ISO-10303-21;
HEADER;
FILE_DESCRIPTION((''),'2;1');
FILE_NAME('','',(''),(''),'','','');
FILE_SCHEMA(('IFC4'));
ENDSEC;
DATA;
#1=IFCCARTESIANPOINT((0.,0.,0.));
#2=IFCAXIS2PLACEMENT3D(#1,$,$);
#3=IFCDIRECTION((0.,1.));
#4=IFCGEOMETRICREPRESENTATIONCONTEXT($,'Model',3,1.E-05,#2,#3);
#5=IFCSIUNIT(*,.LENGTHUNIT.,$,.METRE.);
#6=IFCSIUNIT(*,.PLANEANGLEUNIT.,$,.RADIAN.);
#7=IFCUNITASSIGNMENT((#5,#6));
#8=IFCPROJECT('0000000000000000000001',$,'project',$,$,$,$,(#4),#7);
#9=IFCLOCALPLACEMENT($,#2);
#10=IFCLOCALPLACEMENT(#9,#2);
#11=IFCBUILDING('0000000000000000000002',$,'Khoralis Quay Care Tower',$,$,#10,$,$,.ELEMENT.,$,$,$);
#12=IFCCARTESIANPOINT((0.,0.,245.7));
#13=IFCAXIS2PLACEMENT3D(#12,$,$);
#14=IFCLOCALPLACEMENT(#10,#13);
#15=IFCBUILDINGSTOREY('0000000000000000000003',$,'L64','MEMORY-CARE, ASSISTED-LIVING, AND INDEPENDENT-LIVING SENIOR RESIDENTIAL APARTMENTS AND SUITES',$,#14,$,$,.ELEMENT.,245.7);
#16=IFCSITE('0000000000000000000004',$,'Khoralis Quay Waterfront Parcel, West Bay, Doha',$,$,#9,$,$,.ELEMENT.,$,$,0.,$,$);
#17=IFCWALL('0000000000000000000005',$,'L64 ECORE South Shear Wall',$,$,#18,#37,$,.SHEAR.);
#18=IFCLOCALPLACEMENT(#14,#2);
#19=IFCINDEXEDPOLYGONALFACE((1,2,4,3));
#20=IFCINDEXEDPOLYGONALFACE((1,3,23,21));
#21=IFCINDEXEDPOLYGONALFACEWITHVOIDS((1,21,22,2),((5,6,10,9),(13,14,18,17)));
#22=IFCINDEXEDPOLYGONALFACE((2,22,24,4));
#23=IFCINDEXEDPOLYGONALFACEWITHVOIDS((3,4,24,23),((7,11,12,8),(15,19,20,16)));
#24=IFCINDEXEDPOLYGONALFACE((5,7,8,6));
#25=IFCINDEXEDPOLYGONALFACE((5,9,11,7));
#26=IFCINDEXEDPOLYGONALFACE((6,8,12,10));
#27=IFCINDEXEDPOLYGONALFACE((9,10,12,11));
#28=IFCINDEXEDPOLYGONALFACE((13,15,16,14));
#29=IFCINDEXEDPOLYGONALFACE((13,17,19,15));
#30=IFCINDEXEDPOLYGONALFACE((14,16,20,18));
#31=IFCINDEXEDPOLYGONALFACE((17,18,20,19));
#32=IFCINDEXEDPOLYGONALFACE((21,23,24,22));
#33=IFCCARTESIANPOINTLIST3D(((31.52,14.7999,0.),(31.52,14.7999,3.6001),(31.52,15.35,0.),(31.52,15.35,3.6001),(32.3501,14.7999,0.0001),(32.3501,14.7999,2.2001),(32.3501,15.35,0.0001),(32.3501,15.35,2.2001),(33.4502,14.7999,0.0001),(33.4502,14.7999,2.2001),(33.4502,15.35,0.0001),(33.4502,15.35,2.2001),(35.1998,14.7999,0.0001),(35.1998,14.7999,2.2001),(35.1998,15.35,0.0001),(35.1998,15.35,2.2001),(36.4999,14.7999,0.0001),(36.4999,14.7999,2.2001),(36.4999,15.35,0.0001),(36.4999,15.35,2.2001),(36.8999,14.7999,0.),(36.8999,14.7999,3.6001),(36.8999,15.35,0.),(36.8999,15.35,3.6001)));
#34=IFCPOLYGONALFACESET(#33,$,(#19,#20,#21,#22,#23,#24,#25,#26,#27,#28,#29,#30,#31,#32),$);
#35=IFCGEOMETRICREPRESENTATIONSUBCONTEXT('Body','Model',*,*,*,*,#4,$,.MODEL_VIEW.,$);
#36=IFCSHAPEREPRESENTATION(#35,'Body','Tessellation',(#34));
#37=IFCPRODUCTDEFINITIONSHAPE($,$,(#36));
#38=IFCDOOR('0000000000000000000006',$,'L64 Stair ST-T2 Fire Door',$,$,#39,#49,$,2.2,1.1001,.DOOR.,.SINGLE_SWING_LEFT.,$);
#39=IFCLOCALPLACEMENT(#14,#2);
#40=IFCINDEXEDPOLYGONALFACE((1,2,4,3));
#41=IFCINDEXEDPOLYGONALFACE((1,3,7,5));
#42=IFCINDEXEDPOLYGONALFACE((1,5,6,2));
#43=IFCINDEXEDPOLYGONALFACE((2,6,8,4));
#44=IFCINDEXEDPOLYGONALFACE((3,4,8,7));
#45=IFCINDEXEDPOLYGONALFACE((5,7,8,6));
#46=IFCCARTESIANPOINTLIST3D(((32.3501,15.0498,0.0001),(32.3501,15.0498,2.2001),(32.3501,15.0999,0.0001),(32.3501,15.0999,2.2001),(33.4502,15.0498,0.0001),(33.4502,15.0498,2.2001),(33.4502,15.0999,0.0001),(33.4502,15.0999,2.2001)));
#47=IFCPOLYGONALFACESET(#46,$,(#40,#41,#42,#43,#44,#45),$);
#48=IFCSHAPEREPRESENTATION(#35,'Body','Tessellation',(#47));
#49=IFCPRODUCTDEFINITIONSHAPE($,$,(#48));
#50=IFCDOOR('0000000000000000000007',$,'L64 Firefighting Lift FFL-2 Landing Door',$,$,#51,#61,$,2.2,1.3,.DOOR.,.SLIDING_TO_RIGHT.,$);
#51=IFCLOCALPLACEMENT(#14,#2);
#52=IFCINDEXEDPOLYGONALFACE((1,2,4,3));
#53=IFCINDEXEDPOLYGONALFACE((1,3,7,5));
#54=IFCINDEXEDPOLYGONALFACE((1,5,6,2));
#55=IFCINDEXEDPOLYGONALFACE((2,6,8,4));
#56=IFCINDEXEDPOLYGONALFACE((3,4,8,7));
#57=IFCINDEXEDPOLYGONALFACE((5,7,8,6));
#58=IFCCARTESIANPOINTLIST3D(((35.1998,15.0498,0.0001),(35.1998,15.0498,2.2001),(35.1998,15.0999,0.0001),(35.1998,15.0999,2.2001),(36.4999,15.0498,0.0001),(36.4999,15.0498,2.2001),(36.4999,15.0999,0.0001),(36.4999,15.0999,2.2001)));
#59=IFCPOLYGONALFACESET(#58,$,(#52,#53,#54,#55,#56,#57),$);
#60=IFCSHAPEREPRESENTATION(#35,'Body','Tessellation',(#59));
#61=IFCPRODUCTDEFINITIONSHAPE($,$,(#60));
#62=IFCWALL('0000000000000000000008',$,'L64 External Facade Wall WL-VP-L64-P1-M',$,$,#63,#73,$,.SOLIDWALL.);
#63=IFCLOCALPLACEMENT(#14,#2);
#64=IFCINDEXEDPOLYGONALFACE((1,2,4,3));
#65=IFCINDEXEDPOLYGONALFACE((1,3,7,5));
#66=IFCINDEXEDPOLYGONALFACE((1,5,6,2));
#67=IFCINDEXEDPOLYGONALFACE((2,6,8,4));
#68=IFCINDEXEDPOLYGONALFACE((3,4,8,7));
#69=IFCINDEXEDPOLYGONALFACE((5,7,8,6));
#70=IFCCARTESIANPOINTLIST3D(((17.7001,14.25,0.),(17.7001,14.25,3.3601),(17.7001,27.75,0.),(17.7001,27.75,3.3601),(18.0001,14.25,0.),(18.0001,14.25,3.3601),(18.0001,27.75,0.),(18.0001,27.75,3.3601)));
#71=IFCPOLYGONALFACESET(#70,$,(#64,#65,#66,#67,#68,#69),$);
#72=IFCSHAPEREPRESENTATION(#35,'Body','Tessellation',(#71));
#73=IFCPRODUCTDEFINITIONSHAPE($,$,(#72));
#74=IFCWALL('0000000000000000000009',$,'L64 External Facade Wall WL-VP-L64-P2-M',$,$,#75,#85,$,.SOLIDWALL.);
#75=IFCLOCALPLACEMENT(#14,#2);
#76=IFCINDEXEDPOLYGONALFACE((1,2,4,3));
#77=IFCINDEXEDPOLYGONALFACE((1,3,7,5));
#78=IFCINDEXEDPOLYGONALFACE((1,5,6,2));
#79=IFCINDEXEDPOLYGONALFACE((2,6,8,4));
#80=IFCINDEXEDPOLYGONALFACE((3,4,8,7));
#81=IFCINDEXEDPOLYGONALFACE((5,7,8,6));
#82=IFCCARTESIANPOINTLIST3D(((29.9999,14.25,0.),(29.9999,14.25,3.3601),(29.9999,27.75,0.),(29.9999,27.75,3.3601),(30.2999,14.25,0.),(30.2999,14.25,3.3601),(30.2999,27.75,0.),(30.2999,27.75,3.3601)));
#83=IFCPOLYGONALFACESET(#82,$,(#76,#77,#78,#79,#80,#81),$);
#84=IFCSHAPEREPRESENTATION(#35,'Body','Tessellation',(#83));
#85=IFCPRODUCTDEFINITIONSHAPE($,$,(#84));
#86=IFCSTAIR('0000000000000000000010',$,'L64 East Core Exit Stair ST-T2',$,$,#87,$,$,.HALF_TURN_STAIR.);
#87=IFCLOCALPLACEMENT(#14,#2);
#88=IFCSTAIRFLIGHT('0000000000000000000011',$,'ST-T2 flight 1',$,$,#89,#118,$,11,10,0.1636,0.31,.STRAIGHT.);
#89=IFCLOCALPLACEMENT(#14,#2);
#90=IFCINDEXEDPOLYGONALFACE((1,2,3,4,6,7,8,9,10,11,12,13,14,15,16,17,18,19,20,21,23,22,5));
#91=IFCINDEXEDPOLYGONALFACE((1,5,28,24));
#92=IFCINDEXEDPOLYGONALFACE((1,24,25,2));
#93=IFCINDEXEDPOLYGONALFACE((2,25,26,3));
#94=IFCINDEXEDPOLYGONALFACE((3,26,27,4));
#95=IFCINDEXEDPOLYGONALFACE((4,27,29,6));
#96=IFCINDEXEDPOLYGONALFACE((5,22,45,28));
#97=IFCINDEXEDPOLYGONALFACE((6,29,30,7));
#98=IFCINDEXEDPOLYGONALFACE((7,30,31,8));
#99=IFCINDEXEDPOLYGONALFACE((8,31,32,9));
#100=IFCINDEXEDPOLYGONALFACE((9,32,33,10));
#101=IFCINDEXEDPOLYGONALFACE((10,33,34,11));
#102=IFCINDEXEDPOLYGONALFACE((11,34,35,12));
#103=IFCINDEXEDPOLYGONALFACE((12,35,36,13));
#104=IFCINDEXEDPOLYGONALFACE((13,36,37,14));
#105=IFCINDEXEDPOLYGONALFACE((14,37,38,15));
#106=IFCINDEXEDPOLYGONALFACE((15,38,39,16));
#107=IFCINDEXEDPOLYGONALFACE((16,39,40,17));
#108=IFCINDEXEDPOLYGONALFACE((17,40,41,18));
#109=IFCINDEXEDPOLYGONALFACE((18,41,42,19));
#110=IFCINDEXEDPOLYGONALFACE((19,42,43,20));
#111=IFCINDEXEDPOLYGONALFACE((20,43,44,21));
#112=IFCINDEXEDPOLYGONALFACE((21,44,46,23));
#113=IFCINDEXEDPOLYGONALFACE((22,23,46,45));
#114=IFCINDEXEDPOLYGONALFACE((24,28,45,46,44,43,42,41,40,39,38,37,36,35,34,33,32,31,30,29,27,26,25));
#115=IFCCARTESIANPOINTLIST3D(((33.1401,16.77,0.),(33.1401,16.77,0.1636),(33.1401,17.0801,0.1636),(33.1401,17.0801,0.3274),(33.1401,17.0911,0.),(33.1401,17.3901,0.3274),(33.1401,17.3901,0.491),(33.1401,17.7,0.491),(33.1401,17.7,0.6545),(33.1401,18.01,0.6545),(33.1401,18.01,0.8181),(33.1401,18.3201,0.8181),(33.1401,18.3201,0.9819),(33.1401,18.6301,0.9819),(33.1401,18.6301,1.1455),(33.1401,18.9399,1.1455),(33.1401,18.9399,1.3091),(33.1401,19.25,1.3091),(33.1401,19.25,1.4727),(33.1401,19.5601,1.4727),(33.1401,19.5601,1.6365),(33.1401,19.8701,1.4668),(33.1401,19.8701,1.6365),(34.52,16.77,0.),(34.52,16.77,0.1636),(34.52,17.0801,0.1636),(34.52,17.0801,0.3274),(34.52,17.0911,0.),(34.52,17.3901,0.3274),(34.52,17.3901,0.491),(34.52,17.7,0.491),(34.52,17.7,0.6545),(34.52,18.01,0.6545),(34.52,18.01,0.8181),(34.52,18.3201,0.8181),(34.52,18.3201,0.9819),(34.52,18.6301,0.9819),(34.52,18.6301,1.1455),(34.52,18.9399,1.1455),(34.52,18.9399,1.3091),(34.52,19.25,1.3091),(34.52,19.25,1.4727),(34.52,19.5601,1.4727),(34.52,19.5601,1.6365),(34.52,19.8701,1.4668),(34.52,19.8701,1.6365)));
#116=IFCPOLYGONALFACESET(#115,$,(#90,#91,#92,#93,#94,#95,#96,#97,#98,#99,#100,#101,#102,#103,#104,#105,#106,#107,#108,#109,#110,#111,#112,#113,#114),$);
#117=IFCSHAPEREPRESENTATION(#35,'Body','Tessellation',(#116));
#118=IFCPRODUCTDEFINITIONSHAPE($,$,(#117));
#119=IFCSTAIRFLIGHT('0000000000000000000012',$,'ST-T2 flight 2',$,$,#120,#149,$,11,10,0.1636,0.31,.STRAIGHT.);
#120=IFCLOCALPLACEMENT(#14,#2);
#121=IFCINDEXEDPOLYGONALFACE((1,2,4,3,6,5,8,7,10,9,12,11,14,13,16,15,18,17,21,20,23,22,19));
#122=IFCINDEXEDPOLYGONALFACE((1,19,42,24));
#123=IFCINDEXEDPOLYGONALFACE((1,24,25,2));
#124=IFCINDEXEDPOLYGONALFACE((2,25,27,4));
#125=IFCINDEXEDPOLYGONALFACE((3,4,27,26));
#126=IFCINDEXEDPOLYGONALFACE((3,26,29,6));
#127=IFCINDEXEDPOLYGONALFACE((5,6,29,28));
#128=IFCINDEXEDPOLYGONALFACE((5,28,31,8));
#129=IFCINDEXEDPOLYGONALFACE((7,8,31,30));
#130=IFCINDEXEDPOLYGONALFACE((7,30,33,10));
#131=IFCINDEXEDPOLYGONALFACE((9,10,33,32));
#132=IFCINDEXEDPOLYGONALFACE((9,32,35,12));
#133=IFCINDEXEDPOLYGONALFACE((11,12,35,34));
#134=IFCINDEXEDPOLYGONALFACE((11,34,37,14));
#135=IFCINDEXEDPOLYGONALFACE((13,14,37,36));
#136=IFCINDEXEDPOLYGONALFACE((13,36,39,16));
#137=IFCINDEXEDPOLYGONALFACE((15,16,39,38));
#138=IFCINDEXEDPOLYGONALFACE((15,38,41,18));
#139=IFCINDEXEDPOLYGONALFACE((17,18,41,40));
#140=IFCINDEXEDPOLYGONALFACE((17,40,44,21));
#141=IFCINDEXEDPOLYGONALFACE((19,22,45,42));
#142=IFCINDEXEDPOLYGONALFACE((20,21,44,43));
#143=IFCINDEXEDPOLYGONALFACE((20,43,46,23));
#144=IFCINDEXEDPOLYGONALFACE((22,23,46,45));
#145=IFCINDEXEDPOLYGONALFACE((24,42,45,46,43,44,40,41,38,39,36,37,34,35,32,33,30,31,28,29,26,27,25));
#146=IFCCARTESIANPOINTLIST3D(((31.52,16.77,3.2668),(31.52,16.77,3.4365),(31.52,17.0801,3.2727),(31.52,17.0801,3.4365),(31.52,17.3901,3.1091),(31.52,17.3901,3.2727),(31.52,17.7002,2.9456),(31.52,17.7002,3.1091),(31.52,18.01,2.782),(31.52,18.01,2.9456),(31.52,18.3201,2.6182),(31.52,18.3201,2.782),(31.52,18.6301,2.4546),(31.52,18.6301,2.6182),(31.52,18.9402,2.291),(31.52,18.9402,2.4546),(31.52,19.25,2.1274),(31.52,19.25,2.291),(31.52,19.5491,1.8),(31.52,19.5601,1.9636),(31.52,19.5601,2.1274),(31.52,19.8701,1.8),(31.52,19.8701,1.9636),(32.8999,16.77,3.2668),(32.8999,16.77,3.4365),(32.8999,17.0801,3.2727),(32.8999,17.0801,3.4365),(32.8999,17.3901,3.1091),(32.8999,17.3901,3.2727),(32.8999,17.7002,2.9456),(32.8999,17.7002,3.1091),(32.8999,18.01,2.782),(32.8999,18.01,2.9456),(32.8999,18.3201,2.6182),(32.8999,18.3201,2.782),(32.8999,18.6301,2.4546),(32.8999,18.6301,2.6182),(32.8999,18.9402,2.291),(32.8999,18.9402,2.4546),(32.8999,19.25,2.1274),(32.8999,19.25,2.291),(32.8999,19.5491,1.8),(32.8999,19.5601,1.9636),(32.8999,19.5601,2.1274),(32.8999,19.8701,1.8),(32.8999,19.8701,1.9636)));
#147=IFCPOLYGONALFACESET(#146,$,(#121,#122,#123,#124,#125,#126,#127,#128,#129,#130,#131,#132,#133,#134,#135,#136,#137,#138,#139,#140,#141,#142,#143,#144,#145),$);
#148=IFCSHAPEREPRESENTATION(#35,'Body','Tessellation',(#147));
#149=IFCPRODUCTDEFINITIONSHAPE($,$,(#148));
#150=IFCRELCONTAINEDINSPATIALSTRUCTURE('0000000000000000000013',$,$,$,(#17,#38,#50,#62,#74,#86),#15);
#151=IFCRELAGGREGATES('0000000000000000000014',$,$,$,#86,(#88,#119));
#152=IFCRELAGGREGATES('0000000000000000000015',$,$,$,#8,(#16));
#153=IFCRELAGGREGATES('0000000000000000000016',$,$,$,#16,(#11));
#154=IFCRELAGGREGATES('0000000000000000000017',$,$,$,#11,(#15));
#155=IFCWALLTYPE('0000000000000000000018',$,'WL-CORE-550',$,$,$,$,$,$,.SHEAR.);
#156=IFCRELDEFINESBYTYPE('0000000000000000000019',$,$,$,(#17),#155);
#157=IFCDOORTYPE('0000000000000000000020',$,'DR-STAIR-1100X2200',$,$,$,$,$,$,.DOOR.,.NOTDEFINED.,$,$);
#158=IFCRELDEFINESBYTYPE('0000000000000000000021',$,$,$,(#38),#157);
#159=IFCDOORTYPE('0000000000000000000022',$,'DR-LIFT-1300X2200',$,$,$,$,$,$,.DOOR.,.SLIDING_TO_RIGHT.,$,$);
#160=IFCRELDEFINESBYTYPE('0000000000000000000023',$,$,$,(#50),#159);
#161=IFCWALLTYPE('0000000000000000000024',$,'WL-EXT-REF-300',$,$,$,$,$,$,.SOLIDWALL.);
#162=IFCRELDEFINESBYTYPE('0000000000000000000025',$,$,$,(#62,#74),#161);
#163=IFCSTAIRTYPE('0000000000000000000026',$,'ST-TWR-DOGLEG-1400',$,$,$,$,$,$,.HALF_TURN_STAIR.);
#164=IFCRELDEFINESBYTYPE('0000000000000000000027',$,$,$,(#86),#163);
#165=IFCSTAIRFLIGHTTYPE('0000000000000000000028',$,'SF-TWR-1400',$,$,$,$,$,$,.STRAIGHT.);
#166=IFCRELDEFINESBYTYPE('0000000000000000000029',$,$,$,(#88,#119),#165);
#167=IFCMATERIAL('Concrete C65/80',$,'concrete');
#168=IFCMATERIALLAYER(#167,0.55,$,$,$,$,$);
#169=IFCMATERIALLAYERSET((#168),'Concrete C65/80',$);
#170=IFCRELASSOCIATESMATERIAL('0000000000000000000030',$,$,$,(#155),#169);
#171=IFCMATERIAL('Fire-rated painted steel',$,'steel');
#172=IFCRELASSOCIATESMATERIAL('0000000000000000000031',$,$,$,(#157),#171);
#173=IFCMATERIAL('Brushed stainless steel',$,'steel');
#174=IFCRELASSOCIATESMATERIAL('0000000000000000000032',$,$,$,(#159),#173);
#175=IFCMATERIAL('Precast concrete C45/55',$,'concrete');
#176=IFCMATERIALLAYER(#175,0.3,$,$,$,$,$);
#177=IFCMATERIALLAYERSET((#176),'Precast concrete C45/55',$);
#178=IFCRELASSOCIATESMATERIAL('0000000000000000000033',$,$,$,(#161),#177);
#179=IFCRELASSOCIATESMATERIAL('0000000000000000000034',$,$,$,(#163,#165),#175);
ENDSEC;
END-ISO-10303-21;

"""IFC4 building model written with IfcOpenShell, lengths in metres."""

from ifc_helpers import new_model, si_unit, direction, frame, frame_2d, origin, place, context, subcontext, project, spatial, polyline, rectangle, outline, extrude, source, transform, mapped, material, layer, layer_set, type_object, element, fill, aggregate, save


model = new_model("IFC4")

# Units and contexts
model_context = context("Model", 3, precision=1e-05, world=origin(), true_north=direction((0.0, 1.0)))
body_context = subcontext(model_context, "Body", "Model", "MODEL_VIEW")
ifc_project = project(units=[si_unit("LENGTHUNIT", "METRE"), si_unit("PLANEANGLEUNIT", "RADIAN")], contexts=[model_context])

# Site, building, storey
site_placement = place(None, origin())
site = spatial("IfcSite", under=ifc_project, at=site_placement, Name="Khoralis Quay Waterfront Parcel, West Bay, Doha", CompositionType="ELEMENT", RefElevation=0.0)
building_placement = place(site_placement, origin())
building = spatial("IfcBuilding", under=site, at=building_placement, Name="Khoralis Quay Care Tower", CompositionType="ELEMENT")
storey_placement = place(building_placement, frame((0.0, 0.0, 245.7)))
storey = spatial("IfcBuildingStorey", under=building, at=storey_placement, Name="L64", Description="MEMORY-CARE, ASSISTED-LIVING, AND INDEPENDENT-LIVING SENIOR RESIDENTIAL APARTMENTS AND SUITES", CompositionType="ELEMENT", Elevation=245.7)

# Shared definitions
ifc_material_1 = material(Name="Concrete C65/80", Category="concrete")
ifc_layer_1 = layer(ifc_material_1, 0.55)
ifc_layer_set_1 = layer_set([ifc_layer_1], Name="Concrete C65/80")
wall_type_1 = type_object("IfcWallType", Name="WL-CORE-550", PredefinedType="SHEAR", material=ifc_layer_set_1)

# Wall, openings, doors
wall_1_placement = place(storey_placement, frame((31.52, 15.075, 0.0), z_axis=(0.0, 0.0, 1.0), x_axis=(1.0, 0.0, 0.0)))
wall_1 = element("IfcWall", 1, at=wall_1_placement, inside=storey, type_object=wall_type_1, Name="L64 ECORE South Shear Wall", PredefinedType="SHEAR", context=body_context, shape_type="SweptSolid", body=[
    extrude(rectangle(XDim=5.3799, YDim=0.55, at=frame_2d((2.6899, 0.0))), origin(), (0.0, 0.0, 1.0), 3.6001),
])
opening_1_placement = place(wall_1_placement, frame((0.8301, 0.0, 0.0)))
opening_1 = element("IfcOpeningElement", 2, at=opening_1_placement, cuts=wall_1, PredefinedType="OPENING", context=body_context, shape_type="SweptSolid", body=[
    extrude(rectangle(XDim=1.1001, YDim=2.2, at=frame_2d((0.55, 1.1001))), frame((0.0, 0.2852, 0.0), z_axis=(0.0, -1.0, 0.0), x_axis=(1.0, 0.0, 0.0)), (0.0, 0.0, 1.0), 0.5701),
])
opening_2_placement = place(wall_1_placement, frame((3.6799, 0.0, 0.0)))
opening_2 = element("IfcOpeningElement", 3, at=opening_2_placement, cuts=wall_1, PredefinedType="OPENING", context=body_context, shape_type="SweptSolid", body=[
    extrude(rectangle(XDim=1.3, YDim=2.2, at=frame_2d((0.6499, 1.1001))), frame((0.0, 0.2852, 0.0), z_axis=(0.0, -1.0, 0.0), x_axis=(1.0, 0.0, 0.0)), (0.0, 0.0, 1.0), 0.5701),
])
ifc_material_2 = material(Name="Fire-rated painted steel", Category="steel")
door_type_1 = type_object("IfcDoorType", Name="DR-STAIR-1100X2200", OperationType="NOTDEFINED", PredefinedType="DOOR", material=ifc_material_2)
shared_shape_1 = source(origin(), body_context, "Body", "SweptSolid", [
    extrude(rectangle(XDim=1.1001, YDim=2.2, at=frame_2d((0.55, 1.1001))), frame((0.0, 0.0249, 0.0), z_axis=(0.0, -1.0, 0.0), x_axis=(1.0, 0.0, 0.0)), (0.0, 0.0, 1.0), 0.05),
])
door_1_placement = place(opening_1_placement, origin())
door_1 = element("IfcDoor", 4, at=door_1_placement, inside=storey, type_object=door_type_1, Name="L64 Stair ST-T2 Fire Door", OperationType="SINGLE_SWING_LEFT", OverallHeight=2.2, OverallWidth=1.1001, PredefinedType="DOOR", context=body_context, shape_type="MappedRepresentation", body=[
    mapped(shared_shape_1, transform((0.0, 0.0, 0.0), scale=1.0)),
])
fill(opening_1, door_1)
ifc_material_3 = material(Name="Brushed stainless steel", Category="steel")
door_type_2 = type_object("IfcDoorType", Name="DR-LIFT-1300X2200", OperationType="SLIDING_TO_RIGHT", PredefinedType="DOOR", material=ifc_material_3)
shared_shape_2 = source(origin(), body_context, "Body", "SweptSolid", [
    extrude(rectangle(XDim=1.3, YDim=2.2, at=frame_2d((0.6499, 1.1001))), frame((0.0, 0.0249, 0.0), z_axis=(0.0, -1.0, 0.0), x_axis=(1.0, 0.0, 0.0)), (0.0, 0.0, 1.0), 0.05),
])
door_2_placement = place(opening_2_placement, origin())
door_2 = element("IfcDoor", 5, at=door_2_placement, inside=storey, type_object=door_type_2, Name="L64 Firefighting Lift FFL-2 Landing Door", OperationType="SLIDING_TO_RIGHT", OverallHeight=2.2, OverallWidth=1.3, PredefinedType="DOOR", context=body_context, shape_type="MappedRepresentation", body=[
    mapped(shared_shape_2, transform((0.0, 0.0, 0.0), scale=1.0)),
])
fill(opening_2, door_2)

# Walls
ifc_material_4 = material(Name="Precast concrete C45/55", Category="concrete")
ifc_layer_2 = layer(ifc_material_4, 0.3)
ifc_layer_set_2 = layer_set([ifc_layer_2], Name="Precast concrete C45/55")
wall_type_2 = type_object("IfcWallType", Name="WL-EXT-REF-300", PredefinedType="SOLIDWALL", material=ifc_layer_set_2)
for number, where, z_axis, x_axis, name in (
    (6, (17.8501, 14.25, 0.0), (0.0, 0.0, 1.0), (0.0, 1.0, 0.0), "L64 External Facade Wall WL-VP-L64-P1-M"),
    (7, (30.1499, 14.25, 0.0), (0.0, 0.0, 1.0), (0.0, 1.0, 0.0), "L64 External Facade Wall WL-VP-L64-P2-M"),
):
    element("IfcWall", number, at=place(storey_placement, frame(where, z_axis=z_axis, x_axis=x_axis)), inside=storey, type_object=wall_type_2, Name=name, PredefinedType="SOLIDWALL", context=body_context, shape_type="SweptSolid", body=[
        extrude(rectangle(XDim=13.5, YDim=0.3, at=frame_2d((6.75, 0.0))), origin(), (0.0, 0.0, 1.0), 3.3601),
    ])

# Stair, stair flights
stair_type = type_object("IfcStairType", Name="ST-TWR-DOGLEG-1400", PredefinedType="HALF_TURN_STAIR", material=ifc_material_4)
stair_placement = place(storey_placement, origin())
stair = element("IfcStair", 8, at=stair_placement, inside=storey, type_object=stair_type, Name="L64 East Core Exit Stair ST-T2", PredefinedType="HALF_TURN_STAIR")
stair_flight_type = type_object("IfcStairFlightType", Name="SF-TWR-1400", PredefinedType="STRAIGHT", material=ifc_material_4)
shared_shape_3 = source(origin(), body_context, "Body", "SweptSolid", [
    extrude(outline(polyline([(0.0, 0.0), (0.0, 0.1636), (0.3101, 0.1636), (0.3101, 0.3274), (0.6201, 0.3274), (0.6201, 0.491), (0.9299, 0.491), (0.9299, 0.6545), (1.24, 0.6545), (1.24, 0.8181), (1.55, 0.8181), (1.55, 0.9819), (1.8601, 0.9819), (1.8601, 1.1455), (2.1699, 1.1455), (2.1699, 1.3091), (2.48, 1.3091), (2.48, 1.4727), (2.79, 1.4727), (2.79, 1.6365), (3.1001, 1.6365), (3.1001, 1.8), (3.1001, 1.4668), (0.321, 0.0), (0.0, 0.0)])), frame((0.0, 0.6899, 0.0), z_axis=(0.0, -1.0, 0.0), x_axis=(1.0, 0.0, 0.0)), (0.0, 0.0, 1.0), 1.3799),
])
stair_flight_1_placement = place(storey_placement, frame((33.8301, 16.77, 0.0), z_axis=(0.0, 0.0, 1.0), x_axis=(0.0, 1.0, 0.0)))
stair_flight_1 = element("IfcStairFlight", 9, at=stair_flight_1_placement, type_object=stair_flight_type, Name="ST-T2 flight 1", NumberOfRisers=11, NumberOfTreads=10, PredefinedType="STRAIGHT", RiserHeight=0.1636, TreadLength=0.31, context=body_context, shape_type="MappedRepresentation", body=[
    mapped(shared_shape_3, transform((0.0, 0.0, 0.0), scale=1.0)),
])
stair_flight_2_placement = place(storey_placement, frame((32.21, 19.8701, 1.8), z_axis=(0.0, 0.0, 1.0), x_axis=(0.0, -1.0, 0.0)))
stair_flight_2 = element("IfcStairFlight", 10, at=stair_flight_2_placement, type_object=stair_flight_type, Name="ST-T2 flight 2", NumberOfRisers=11, NumberOfTreads=10, PredefinedType="STRAIGHT", RiserHeight=0.1636, TreadLength=0.31, context=body_context, shape_type="MappedRepresentation", body=[
    mapped(shared_shape_3, transform((0.0, 0.0, 0.0), scale=1.0)),
])
aggregate(stair, [stair_flight_1, stair_flight_2])

save(model, "model.ifc")
